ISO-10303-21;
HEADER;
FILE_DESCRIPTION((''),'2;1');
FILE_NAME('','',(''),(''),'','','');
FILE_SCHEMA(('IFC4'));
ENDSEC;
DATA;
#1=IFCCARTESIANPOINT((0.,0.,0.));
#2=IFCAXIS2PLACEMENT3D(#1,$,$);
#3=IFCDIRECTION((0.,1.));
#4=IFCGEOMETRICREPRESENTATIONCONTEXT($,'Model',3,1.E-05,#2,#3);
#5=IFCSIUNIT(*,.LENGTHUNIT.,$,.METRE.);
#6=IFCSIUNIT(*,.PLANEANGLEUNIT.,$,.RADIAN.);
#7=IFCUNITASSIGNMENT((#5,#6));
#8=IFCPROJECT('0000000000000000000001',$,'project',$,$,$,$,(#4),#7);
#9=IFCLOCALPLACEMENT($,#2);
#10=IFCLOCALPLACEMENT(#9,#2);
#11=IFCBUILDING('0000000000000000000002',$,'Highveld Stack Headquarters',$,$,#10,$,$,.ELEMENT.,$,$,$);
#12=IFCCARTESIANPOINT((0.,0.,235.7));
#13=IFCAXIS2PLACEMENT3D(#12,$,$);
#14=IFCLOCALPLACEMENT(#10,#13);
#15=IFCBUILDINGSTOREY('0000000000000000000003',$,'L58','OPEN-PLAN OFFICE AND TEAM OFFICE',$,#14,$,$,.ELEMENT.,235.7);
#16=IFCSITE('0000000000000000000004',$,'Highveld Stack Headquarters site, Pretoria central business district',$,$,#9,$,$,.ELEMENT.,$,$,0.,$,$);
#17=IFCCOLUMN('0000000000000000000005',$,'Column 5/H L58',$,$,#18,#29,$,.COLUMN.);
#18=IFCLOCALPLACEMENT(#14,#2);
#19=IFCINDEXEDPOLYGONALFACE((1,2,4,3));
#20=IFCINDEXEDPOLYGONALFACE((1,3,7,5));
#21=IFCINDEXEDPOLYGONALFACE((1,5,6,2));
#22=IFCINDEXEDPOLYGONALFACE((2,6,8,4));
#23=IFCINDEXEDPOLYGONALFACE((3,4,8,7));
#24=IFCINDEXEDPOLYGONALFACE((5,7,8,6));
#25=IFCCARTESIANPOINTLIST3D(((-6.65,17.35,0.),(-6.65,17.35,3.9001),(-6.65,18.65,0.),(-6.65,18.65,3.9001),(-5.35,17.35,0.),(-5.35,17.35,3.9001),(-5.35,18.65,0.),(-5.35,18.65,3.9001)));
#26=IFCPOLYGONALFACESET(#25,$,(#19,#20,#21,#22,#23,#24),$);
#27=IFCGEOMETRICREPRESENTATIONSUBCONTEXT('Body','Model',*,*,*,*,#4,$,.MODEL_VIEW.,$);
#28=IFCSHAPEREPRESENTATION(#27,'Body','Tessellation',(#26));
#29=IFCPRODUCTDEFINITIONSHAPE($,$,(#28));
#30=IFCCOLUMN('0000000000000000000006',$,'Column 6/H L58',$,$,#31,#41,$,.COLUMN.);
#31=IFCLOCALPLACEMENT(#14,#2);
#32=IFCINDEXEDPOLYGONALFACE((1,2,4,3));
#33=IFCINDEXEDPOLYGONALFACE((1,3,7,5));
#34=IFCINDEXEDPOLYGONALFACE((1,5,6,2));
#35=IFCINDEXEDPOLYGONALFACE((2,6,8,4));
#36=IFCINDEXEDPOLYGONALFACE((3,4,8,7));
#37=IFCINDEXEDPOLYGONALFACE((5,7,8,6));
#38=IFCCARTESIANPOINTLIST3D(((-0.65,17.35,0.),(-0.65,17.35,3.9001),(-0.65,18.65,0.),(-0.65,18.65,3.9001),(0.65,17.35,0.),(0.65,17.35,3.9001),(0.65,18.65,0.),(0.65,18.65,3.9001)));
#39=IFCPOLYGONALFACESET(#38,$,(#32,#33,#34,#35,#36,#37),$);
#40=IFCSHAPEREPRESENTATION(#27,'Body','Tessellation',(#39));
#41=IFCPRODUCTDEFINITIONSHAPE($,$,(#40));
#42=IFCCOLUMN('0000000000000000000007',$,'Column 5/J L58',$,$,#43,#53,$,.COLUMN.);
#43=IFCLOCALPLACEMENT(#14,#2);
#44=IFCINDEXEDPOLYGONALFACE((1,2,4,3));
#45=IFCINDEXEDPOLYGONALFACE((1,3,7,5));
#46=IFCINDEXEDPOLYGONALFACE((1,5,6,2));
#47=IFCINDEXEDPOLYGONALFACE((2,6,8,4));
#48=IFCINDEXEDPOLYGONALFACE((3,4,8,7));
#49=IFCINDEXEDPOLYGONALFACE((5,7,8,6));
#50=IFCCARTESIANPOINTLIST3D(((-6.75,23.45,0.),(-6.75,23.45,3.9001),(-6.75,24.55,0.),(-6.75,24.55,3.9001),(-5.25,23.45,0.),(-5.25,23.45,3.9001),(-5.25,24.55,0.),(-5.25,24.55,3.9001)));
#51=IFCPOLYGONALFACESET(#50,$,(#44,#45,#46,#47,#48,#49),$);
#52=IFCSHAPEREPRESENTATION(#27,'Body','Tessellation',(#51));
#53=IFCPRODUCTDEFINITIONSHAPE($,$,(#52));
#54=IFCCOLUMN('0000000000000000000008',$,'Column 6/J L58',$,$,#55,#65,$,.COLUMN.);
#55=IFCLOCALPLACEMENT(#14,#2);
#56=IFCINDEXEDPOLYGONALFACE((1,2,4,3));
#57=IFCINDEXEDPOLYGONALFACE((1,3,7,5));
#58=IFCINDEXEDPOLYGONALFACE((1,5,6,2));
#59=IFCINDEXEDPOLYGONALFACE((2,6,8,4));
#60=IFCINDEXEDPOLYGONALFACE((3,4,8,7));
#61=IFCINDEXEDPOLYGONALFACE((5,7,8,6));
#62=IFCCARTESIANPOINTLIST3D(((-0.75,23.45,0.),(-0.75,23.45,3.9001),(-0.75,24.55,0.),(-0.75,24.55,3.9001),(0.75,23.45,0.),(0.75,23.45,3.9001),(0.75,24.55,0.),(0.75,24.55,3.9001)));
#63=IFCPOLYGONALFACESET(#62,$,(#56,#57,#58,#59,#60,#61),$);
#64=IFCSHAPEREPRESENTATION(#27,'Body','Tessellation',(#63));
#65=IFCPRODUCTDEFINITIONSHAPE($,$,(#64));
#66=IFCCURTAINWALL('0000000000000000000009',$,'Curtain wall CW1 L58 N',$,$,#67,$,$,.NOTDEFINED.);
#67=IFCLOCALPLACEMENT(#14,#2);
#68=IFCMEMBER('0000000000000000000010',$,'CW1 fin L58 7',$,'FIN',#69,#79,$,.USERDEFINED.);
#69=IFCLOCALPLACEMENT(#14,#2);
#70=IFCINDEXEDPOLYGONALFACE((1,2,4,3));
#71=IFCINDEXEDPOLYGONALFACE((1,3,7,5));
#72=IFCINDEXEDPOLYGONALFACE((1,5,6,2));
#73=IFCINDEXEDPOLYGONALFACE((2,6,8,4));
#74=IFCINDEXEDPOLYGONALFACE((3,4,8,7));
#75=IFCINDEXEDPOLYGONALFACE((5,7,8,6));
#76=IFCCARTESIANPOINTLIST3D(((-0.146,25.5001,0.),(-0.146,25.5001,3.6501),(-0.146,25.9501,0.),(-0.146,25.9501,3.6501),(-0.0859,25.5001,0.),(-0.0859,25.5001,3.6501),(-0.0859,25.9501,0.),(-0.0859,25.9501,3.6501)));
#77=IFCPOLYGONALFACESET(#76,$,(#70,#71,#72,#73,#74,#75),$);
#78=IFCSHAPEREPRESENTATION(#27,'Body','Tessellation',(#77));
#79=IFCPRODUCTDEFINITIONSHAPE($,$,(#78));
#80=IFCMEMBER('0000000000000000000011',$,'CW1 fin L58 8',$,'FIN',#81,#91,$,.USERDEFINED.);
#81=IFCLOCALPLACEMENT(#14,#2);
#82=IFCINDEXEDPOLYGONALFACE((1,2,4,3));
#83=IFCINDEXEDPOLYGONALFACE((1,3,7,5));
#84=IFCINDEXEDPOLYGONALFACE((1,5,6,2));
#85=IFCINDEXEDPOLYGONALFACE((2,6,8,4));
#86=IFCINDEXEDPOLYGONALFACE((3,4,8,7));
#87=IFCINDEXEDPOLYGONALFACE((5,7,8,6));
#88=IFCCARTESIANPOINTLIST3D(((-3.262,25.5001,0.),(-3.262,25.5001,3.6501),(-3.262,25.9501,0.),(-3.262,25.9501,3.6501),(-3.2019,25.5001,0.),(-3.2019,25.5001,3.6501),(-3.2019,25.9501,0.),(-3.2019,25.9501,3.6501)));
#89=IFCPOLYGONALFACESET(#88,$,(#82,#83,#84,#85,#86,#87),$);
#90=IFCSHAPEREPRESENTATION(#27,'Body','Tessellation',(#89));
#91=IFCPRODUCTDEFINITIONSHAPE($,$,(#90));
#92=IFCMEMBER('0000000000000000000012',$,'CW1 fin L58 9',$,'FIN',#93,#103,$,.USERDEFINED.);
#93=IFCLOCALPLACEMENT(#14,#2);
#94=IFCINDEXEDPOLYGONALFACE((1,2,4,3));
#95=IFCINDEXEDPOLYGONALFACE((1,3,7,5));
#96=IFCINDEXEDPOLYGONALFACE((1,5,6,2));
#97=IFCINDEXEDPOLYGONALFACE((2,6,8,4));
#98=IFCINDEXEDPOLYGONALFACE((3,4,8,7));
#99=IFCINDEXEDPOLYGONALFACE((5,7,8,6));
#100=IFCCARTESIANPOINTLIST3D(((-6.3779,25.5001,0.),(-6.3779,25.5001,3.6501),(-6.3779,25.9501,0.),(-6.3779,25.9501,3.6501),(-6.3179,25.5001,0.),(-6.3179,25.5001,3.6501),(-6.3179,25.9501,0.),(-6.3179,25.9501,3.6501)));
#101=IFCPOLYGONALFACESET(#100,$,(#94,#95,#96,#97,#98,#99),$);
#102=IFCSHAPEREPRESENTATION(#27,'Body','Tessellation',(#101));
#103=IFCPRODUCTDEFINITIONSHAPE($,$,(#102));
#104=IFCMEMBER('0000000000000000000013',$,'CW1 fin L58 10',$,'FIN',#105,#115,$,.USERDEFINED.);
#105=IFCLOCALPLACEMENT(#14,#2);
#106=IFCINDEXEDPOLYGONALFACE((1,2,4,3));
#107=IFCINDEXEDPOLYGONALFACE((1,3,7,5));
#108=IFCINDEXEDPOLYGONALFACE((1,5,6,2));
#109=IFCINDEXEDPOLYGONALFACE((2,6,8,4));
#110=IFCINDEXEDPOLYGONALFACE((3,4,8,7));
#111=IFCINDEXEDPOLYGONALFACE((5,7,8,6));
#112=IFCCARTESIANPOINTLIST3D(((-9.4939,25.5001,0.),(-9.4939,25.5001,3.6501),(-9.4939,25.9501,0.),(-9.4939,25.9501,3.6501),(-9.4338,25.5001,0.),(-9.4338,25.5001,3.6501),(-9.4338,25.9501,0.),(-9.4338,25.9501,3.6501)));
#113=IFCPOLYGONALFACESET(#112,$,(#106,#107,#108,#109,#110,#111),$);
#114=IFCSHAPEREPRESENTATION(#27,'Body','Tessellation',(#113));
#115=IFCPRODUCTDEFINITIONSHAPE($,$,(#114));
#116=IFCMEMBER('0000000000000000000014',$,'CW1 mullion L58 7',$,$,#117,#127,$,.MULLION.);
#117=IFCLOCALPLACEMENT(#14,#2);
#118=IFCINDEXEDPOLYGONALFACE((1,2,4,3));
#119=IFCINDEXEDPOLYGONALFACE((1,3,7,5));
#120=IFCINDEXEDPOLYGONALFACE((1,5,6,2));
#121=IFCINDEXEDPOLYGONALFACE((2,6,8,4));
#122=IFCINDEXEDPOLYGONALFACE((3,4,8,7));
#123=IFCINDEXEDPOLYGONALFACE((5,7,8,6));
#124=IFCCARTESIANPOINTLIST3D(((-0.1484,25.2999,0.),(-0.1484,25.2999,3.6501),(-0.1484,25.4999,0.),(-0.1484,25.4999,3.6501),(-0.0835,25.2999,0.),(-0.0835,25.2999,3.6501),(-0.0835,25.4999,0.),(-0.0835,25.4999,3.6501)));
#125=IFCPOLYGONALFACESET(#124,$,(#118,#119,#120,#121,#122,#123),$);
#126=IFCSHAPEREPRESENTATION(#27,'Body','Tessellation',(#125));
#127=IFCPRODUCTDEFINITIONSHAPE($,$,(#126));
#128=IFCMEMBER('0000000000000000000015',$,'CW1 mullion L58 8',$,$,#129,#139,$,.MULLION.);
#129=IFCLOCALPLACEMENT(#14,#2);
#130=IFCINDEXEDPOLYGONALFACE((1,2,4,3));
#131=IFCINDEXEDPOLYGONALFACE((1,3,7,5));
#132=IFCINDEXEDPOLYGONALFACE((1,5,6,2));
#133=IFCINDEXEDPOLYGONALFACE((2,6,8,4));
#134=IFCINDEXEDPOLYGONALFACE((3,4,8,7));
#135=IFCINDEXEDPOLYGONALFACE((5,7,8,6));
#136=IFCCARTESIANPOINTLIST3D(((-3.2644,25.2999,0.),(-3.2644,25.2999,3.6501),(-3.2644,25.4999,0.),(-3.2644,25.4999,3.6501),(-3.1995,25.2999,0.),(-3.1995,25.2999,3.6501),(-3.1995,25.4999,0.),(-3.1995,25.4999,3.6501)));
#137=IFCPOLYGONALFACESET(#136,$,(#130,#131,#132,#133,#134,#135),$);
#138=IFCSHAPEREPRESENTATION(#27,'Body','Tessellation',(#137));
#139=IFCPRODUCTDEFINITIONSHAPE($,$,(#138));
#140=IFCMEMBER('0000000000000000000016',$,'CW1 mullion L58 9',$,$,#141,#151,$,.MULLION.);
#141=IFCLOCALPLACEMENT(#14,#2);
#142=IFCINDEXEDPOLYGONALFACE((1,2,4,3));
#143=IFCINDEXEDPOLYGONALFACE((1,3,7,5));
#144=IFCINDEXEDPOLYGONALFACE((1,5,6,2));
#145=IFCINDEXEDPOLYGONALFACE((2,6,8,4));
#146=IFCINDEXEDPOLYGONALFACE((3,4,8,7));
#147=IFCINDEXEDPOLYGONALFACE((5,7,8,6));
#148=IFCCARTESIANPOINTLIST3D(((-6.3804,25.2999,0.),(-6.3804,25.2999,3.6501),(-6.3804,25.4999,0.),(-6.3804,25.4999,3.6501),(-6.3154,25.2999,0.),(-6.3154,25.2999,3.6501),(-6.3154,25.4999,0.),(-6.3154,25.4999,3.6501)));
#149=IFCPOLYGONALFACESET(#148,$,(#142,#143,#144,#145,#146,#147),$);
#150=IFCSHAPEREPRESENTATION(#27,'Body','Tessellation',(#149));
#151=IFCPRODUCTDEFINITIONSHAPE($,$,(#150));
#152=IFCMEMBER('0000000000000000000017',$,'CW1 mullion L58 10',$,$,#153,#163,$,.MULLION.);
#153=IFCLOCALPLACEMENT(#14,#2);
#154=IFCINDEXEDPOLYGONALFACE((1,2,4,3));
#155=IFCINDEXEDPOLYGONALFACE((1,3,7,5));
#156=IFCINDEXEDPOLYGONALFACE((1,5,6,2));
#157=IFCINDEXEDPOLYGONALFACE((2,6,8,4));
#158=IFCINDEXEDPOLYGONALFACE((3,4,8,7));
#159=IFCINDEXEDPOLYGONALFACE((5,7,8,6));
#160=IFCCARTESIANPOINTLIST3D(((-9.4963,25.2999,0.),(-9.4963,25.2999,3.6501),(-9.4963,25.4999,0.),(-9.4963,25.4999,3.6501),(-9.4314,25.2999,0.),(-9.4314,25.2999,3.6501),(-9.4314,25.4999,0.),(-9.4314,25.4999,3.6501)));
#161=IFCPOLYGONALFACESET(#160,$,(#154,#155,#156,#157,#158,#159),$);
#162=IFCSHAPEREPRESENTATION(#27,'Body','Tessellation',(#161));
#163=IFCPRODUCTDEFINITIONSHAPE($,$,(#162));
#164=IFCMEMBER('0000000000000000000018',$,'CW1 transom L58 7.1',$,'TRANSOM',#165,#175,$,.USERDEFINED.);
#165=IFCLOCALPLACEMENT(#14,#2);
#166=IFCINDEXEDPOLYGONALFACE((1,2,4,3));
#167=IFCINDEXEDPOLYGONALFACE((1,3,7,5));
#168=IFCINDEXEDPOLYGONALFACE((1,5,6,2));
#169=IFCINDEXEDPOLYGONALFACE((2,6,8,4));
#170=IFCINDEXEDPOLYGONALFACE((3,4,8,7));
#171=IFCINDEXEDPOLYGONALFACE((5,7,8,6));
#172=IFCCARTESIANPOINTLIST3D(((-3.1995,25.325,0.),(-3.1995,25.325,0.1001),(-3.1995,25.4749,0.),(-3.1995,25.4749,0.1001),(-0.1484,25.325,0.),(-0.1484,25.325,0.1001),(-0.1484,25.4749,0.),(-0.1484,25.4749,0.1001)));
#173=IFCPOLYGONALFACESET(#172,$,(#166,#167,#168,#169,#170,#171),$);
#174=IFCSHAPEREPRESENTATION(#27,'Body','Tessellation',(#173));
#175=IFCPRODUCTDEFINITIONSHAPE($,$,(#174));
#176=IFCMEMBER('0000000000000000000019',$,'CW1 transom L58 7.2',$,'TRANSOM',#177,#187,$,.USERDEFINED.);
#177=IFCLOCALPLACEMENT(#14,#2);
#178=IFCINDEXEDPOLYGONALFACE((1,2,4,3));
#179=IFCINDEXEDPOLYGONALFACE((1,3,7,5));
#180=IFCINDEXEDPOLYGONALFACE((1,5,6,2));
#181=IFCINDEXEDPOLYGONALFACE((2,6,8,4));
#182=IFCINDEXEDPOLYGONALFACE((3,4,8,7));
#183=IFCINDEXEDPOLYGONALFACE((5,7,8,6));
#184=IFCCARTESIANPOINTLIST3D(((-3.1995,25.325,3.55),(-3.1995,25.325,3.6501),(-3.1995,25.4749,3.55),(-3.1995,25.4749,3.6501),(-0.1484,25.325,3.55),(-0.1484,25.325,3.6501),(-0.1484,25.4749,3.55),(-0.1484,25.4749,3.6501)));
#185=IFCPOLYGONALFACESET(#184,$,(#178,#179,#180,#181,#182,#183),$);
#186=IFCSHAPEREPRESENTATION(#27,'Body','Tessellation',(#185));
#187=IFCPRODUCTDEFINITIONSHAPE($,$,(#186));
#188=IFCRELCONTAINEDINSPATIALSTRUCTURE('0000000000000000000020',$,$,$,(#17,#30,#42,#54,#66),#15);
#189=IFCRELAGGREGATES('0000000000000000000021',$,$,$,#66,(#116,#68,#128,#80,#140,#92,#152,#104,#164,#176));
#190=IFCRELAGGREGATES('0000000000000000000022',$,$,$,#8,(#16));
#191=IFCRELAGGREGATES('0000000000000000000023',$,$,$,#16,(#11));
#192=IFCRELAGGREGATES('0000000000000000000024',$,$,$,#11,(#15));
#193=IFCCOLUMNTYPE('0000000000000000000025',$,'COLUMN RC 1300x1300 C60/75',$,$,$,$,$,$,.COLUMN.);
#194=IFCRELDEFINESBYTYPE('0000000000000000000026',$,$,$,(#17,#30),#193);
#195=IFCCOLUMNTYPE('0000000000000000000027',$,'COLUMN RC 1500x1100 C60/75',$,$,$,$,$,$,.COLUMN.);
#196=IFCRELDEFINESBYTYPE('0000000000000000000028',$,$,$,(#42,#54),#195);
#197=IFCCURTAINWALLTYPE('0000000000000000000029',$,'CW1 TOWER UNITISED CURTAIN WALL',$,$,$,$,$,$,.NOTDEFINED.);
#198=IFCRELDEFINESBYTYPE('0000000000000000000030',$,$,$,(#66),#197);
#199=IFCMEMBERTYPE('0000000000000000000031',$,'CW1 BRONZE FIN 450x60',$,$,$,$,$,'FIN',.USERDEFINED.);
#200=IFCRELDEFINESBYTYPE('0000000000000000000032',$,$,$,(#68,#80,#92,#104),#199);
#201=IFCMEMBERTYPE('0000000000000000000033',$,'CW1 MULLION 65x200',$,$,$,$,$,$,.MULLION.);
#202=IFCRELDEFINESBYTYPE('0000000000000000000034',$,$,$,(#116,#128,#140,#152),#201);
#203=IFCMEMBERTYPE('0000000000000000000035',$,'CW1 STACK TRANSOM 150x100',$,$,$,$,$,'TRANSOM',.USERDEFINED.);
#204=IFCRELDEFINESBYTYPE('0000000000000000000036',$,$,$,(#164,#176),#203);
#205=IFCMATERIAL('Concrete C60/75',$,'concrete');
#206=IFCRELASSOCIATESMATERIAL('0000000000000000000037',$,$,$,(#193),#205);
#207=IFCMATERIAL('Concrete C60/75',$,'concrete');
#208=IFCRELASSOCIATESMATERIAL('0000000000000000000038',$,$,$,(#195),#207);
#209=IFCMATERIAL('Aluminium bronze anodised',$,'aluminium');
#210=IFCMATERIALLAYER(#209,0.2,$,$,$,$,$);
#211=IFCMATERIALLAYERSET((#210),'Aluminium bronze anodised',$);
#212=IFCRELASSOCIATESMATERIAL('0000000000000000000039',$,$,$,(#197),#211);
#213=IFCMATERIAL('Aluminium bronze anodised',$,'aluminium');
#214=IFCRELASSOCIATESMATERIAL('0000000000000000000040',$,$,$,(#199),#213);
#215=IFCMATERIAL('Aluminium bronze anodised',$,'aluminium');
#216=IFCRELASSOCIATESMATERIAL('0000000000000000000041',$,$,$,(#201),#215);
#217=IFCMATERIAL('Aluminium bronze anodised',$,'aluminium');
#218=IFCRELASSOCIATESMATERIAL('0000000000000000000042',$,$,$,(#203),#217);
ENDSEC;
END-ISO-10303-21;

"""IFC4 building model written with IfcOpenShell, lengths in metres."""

from ifc_helpers import new_model, si_unit, direction, frame, origin, origin_2d, place, context, subcontext, project, spatial, rectangle, extrude, material, layer, layer_set, material_profile, profile_set, type_object, element, aggregate, save


model = new_model("IFC4")

# Units and contexts
model_context = context("Model", 3, precision=1e-05, world=origin(), true_north=direction((0.0, 1.0)))
body_context = subcontext(model_context, "Body", "Model", "MODEL_VIEW")
ifc_project = project(units=[si_unit("LENGTHUNIT", "METRE"), si_unit("PLANEANGLEUNIT", "RADIAN")], contexts=[model_context])

# Site, building, storey
site_placement = place(None, origin())
site = spatial("IfcSite", under=ifc_project, at=site_placement, Name="Highveld Stack Headquarters site, Pretoria central business district", CompositionType="ELEMENT", RefElevation=0.0)
building_placement = place(site_placement, origin())
building = spatial("IfcBuilding", under=site, at=building_placement, Name="Highveld Stack Headquarters", CompositionType="ELEMENT")
storey_placement = place(building_placement, frame((0.0, 0.0, 235.7)))
storey = spatial("IfcBuildingStorey", under=building, at=storey_placement, Name="L58", Description="OPEN-PLAN OFFICE AND TEAM OFFICE", CompositionType="ELEMENT", Elevation=235.7)

# Columns
ifc_material_1 = material(Name="Concrete C60/75", Category="concrete")
ifc_material_profile_1 = material_profile(ifc_material_1, rectangle(XDim=1.3, YDim=1.3, at=origin_2d()), Name="RC 1300x1300")
ifc_profile_set_1 = profile_set([ifc_material_profile_1], Name="Concrete C60/75")
column_type_1 = type_object("IfcColumnType", Name="COLUMN RC 1300x1300 C60/75", PredefinedType="COLUMN", material=ifc_profile_set_1)
for number, where, z_axis, x_axis, name in (
    (1, (-6.0, 18.0, 0.0), (0.0, 0.0, 1.0), (1.0, 0.0, 0.0), "Column 5/H L58"),
    (2, (0.0, 18.0, 0.0), (0.0, 0.0, 1.0), (1.0, 0.0, 0.0), "Column 6/H L58"),
):
    element("IfcColumn", number, at=place(storey_placement, frame(where, z_axis=z_axis, x_axis=x_axis)), inside=storey, type_object=column_type_1, Name=name, PredefinedType="COLUMN", context=body_context, shape_type="SweptSolid", body=[
        extrude(rectangle(XDim=1.3, YDim=1.3, at=origin_2d()), origin(), (0.0, 0.0, 1.0), 3.9001),
    ])
ifc_material_2 = material(Name="Concrete C60/75", Category="concrete")
ifc_material_profile_2 = material_profile(ifc_material_2, rectangle(XDim=1.5, YDim=1.1001, at=origin_2d()), Name="RC 1500x1100")
ifc_profile_set_2 = profile_set([ifc_material_profile_2], Name="Concrete C60/75")
column_type_2 = type_object("IfcColumnType", Name="COLUMN RC 1500x1100 C60/75", PredefinedType="COLUMN", material=ifc_profile_set_2)
for number, where, z_axis, x_axis, name in (
    (3, (-6.0, 24.0, 0.0), (0.0, 0.0, 1.0), (1.0, 0.0, 0.0), "Column 5/J L58"),
    (4, (0.0, 24.0, 0.0), (0.0, 0.0, 1.0), (1.0, 0.0, 0.0), "Column 6/J L58"),
):
    element("IfcColumn", number, at=place(storey_placement, frame(where, z_axis=z_axis, x_axis=x_axis)), inside=storey, type_object=column_type_2, Name=name, PredefinedType="COLUMN", context=body_context, shape_type="SweptSolid", body=[
        extrude(rectangle(XDim=1.5, YDim=1.1001, at=origin_2d()), origin(), (0.0, 0.0, 1.0), 3.9001),
    ])

# Curtain wall, members
ifc_material_3 = material(Name="Aluminium bronze anodised", Category="aluminium")
ifc_layer_1 = layer(ifc_material_3, 0.2)
ifc_layer_set_1 = layer_set([ifc_layer_1], Name="Aluminium bronze anodised")
curtain_wall_type = type_object("IfcCurtainWallType", Name="CW1 TOWER UNITISED CURTAIN WALL", PredefinedType="NOTDEFINED", material=ifc_layer_set_1)
curtain_wall_placement = place(storey_placement, origin())
curtain_wall = element("IfcCurtainWall", 5, at=curtain_wall_placement, inside=storey, type_object=curtain_wall_type, Name="Curtain wall CW1 L58 N", PredefinedType="NOTDEFINED")
ifc_material_4 = material(Name="Aluminium bronze anodised", Category="aluminium")
ifc_material_profile_3 = material_profile(ifc_material_4, rectangle(XDim=0.45, YDim=0.0601, at=origin_2d()), Name="FIN 450x60")
ifc_profile_set_3 = profile_set([ifc_material_profile_3], Name="Aluminium bronze anodised")
member_type_1 = type_object("IfcMemberType", Name="CW1 BRONZE FIN 450x60", ElementType="FIN", PredefinedType="USERDEFINED", material=ifc_profile_set_3)
member_1_placement = place(storey_placement, frame((-0.116, 25.7251, 0.0), z_axis=(0.0, 0.0, 1.0), x_axis=(0.0, -1.0, 0.0)))
member_1 = element("IfcMember", 6, at=member_1_placement, type_object=member_type_1, Name="CW1 fin L58 7", ObjectType="FIN", PredefinedType="USERDEFINED", context=body_context, shape_type="SweptSolid", body=[
    extrude(rectangle(XDim=0.45, YDim=0.0601, at=origin_2d()), origin(), (0.0, 0.0, 1.0), 3.6501),
])
member_2_placement = place(storey_placement, frame((-3.2319, 25.7251, 0.0), z_axis=(0.0, 0.0, 1.0), x_axis=(0.0, -1.0, 0.0)))
member_2 = element("IfcMember", 7, at=member_2_placement, type_object=member_type_1, Name="CW1 fin L58 8", ObjectType="FIN", PredefinedType="USERDEFINED", context=body_context, shape_type="SweptSolid", body=[
    extrude(rectangle(XDim=0.45, YDim=0.0601, at=origin_2d()), origin(), (0.0, 0.0, 1.0), 3.6501),
])
member_3_placement = place(storey_placement, frame((-6.3479, 25.7251, 0.0), z_axis=(0.0, 0.0, 1.0), x_axis=(0.0, -1.0, 0.0)))
member_3 = element("IfcMember", 8, at=member_3_placement, type_object=member_type_1, Name="CW1 fin L58 9", ObjectType="FIN", PredefinedType="USERDEFINED", context=body_context, shape_type="SweptSolid", body=[
    extrude(rectangle(XDim=0.45, YDim=0.0601, at=origin_2d()), origin(), (0.0, 0.0, 1.0), 3.6501),
])
member_4_placement = place(storey_placement, frame((-9.4639, 25.7251, 0.0), z_axis=(0.0, 0.0, 1.0), x_axis=(0.0, -1.0, 0.0)))
member_4 = element("IfcMember", 9, at=member_4_placement, type_object=member_type_1, Name="CW1 fin L58 10", ObjectType="FIN", PredefinedType="USERDEFINED", context=body_context, shape_type="SweptSolid", body=[
    extrude(rectangle(XDim=0.45, YDim=0.0601, at=origin_2d()), origin(), (0.0, 0.0, 1.0), 3.6501),
])
ifc_material_5 = material(Name="Aluminium bronze anodised", Category="aluminium")
ifc_material_profile_4 = material_profile(ifc_material_5, rectangle(XDim=0.2, YDim=0.0649, at=origin_2d()), Name="CW1 MULLION 65x200")
ifc_profile_set_4 = profile_set([ifc_material_profile_4], Name="Aluminium bronze anodised")
member_type_2 = type_object("IfcMemberType", Name="CW1 MULLION 65x200", PredefinedType="MULLION", material=ifc_profile_set_4)
member_5_placement = place(storey_placement, frame((-0.116, 25.3999, 0.0), z_axis=(0.0, 0.0, 1.0), x_axis=(0.0, -1.0, 0.0)))
member_5 = element("IfcMember", 10, at=member_5_placement, type_object=member_type_2, Name="CW1 mullion L58 7", PredefinedType="MULLION", context=body_context, shape_type="SweptSolid", body=[
    extrude(rectangle(XDim=0.2, YDim=0.0649, at=origin_2d()), origin(), (0.0, 0.0, 1.0), 3.6501),
])
member_6_placement = place(storey_placement, frame((-3.2319, 25.3999, 0.0), z_axis=(0.0, 0.0, 1.0), x_axis=(0.0, -1.0, 0.0)))
member_6 = element("IfcMember", 11, at=member_6_placement, type_object=member_type_2, Name="CW1 mullion L58 8", PredefinedType="MULLION", context=body_context, shape_type="SweptSolid", body=[
    extrude(rectangle(XDim=0.2, YDim=0.0649, at=origin_2d()), origin(), (0.0, 0.0, 1.0), 3.6501),
])
member_7_placement = place(storey_placement, frame((-6.3479, 25.3999, 0.0), z_axis=(0.0, 0.0, 1.0), x_axis=(0.0, -1.0, 0.0)))
member_7 = element("IfcMember", 12, at=member_7_placement, type_object=member_type_2, Name="CW1 mullion L58 9", PredefinedType="MULLION", context=body_context, shape_type="SweptSolid", body=[
    extrude(rectangle(XDim=0.2, YDim=0.0649, at=origin_2d()), origin(), (0.0, 0.0, 1.0), 3.6501),
])
member_8_placement = place(storey_placement, frame((-9.4639, 25.3999, 0.0), z_axis=(0.0, 0.0, 1.0), x_axis=(0.0, -1.0, 0.0)))
member_8 = element("IfcMember", 13, at=member_8_placement, type_object=member_type_2, Name="CW1 mullion L58 10", PredefinedType="MULLION", context=body_context, shape_type="SweptSolid", body=[
    extrude(rectangle(XDim=0.2, YDim=0.0649, at=origin_2d()), origin(), (0.0, 0.0, 1.0), 3.6501),
])
ifc_material_6 = material(Name="Aluminium bronze anodised", Category="aluminium")
ifc_material_profile_5 = material_profile(ifc_material_6, rectangle(XDim=0.1499, YDim=0.1001, at=origin_2d()), Name="CW1 TRANSOM 150x100")
ifc_profile_set_5 = profile_set([ifc_material_profile_5], Name="Aluminium bronze anodised")
member_type_3 = type_object("IfcMemberType", Name="CW1 STACK TRANSOM 150x100", ElementType="TRANSOM", PredefinedType="USERDEFINED", material=ifc_profile_set_5)
member_9_placement = place(storey_placement, frame((-0.1484, 25.3999, 0.05), z_axis=(-1.0, 0.0, 0.0), x_axis=(0.0, -1.0, 0.0)))
member_9 = element("IfcMember", 14, at=member_9_placement, type_object=member_type_3, Name="CW1 transom L58 7.1", ObjectType="TRANSOM", PredefinedType="USERDEFINED", context=body_context, shape_type="SweptSolid", body=[
    extrude(rectangle(XDim=0.1499, YDim=0.1001, at=origin_2d()), origin(), (0.0, 0.0, 1.0), 3.051),
])
member_10_placement = place(storey_placement, frame((-0.1484, 25.3999, 3.6001), z_axis=(-1.0, 0.0, 0.0), x_axis=(0.0, -1.0, 0.0)))
member_10 = element("IfcMember", 15, at=member_10_placement, type_object=member_type_3, Name="CW1 transom L58 7.2", ObjectType="TRANSOM", PredefinedType="USERDEFINED", context=body_context, shape_type="SweptSolid", body=[
    extrude(rectangle(XDim=0.1499, YDim=0.1001, at=origin_2d()), origin(), (0.0, 0.0, 1.0), 3.051),
])
aggregate(curtain_wall, [member_5, member_1, member_6, member_2, member_7, member_3, member_8, member_4, member_9, member_10])

save(model, "model.ifc")
